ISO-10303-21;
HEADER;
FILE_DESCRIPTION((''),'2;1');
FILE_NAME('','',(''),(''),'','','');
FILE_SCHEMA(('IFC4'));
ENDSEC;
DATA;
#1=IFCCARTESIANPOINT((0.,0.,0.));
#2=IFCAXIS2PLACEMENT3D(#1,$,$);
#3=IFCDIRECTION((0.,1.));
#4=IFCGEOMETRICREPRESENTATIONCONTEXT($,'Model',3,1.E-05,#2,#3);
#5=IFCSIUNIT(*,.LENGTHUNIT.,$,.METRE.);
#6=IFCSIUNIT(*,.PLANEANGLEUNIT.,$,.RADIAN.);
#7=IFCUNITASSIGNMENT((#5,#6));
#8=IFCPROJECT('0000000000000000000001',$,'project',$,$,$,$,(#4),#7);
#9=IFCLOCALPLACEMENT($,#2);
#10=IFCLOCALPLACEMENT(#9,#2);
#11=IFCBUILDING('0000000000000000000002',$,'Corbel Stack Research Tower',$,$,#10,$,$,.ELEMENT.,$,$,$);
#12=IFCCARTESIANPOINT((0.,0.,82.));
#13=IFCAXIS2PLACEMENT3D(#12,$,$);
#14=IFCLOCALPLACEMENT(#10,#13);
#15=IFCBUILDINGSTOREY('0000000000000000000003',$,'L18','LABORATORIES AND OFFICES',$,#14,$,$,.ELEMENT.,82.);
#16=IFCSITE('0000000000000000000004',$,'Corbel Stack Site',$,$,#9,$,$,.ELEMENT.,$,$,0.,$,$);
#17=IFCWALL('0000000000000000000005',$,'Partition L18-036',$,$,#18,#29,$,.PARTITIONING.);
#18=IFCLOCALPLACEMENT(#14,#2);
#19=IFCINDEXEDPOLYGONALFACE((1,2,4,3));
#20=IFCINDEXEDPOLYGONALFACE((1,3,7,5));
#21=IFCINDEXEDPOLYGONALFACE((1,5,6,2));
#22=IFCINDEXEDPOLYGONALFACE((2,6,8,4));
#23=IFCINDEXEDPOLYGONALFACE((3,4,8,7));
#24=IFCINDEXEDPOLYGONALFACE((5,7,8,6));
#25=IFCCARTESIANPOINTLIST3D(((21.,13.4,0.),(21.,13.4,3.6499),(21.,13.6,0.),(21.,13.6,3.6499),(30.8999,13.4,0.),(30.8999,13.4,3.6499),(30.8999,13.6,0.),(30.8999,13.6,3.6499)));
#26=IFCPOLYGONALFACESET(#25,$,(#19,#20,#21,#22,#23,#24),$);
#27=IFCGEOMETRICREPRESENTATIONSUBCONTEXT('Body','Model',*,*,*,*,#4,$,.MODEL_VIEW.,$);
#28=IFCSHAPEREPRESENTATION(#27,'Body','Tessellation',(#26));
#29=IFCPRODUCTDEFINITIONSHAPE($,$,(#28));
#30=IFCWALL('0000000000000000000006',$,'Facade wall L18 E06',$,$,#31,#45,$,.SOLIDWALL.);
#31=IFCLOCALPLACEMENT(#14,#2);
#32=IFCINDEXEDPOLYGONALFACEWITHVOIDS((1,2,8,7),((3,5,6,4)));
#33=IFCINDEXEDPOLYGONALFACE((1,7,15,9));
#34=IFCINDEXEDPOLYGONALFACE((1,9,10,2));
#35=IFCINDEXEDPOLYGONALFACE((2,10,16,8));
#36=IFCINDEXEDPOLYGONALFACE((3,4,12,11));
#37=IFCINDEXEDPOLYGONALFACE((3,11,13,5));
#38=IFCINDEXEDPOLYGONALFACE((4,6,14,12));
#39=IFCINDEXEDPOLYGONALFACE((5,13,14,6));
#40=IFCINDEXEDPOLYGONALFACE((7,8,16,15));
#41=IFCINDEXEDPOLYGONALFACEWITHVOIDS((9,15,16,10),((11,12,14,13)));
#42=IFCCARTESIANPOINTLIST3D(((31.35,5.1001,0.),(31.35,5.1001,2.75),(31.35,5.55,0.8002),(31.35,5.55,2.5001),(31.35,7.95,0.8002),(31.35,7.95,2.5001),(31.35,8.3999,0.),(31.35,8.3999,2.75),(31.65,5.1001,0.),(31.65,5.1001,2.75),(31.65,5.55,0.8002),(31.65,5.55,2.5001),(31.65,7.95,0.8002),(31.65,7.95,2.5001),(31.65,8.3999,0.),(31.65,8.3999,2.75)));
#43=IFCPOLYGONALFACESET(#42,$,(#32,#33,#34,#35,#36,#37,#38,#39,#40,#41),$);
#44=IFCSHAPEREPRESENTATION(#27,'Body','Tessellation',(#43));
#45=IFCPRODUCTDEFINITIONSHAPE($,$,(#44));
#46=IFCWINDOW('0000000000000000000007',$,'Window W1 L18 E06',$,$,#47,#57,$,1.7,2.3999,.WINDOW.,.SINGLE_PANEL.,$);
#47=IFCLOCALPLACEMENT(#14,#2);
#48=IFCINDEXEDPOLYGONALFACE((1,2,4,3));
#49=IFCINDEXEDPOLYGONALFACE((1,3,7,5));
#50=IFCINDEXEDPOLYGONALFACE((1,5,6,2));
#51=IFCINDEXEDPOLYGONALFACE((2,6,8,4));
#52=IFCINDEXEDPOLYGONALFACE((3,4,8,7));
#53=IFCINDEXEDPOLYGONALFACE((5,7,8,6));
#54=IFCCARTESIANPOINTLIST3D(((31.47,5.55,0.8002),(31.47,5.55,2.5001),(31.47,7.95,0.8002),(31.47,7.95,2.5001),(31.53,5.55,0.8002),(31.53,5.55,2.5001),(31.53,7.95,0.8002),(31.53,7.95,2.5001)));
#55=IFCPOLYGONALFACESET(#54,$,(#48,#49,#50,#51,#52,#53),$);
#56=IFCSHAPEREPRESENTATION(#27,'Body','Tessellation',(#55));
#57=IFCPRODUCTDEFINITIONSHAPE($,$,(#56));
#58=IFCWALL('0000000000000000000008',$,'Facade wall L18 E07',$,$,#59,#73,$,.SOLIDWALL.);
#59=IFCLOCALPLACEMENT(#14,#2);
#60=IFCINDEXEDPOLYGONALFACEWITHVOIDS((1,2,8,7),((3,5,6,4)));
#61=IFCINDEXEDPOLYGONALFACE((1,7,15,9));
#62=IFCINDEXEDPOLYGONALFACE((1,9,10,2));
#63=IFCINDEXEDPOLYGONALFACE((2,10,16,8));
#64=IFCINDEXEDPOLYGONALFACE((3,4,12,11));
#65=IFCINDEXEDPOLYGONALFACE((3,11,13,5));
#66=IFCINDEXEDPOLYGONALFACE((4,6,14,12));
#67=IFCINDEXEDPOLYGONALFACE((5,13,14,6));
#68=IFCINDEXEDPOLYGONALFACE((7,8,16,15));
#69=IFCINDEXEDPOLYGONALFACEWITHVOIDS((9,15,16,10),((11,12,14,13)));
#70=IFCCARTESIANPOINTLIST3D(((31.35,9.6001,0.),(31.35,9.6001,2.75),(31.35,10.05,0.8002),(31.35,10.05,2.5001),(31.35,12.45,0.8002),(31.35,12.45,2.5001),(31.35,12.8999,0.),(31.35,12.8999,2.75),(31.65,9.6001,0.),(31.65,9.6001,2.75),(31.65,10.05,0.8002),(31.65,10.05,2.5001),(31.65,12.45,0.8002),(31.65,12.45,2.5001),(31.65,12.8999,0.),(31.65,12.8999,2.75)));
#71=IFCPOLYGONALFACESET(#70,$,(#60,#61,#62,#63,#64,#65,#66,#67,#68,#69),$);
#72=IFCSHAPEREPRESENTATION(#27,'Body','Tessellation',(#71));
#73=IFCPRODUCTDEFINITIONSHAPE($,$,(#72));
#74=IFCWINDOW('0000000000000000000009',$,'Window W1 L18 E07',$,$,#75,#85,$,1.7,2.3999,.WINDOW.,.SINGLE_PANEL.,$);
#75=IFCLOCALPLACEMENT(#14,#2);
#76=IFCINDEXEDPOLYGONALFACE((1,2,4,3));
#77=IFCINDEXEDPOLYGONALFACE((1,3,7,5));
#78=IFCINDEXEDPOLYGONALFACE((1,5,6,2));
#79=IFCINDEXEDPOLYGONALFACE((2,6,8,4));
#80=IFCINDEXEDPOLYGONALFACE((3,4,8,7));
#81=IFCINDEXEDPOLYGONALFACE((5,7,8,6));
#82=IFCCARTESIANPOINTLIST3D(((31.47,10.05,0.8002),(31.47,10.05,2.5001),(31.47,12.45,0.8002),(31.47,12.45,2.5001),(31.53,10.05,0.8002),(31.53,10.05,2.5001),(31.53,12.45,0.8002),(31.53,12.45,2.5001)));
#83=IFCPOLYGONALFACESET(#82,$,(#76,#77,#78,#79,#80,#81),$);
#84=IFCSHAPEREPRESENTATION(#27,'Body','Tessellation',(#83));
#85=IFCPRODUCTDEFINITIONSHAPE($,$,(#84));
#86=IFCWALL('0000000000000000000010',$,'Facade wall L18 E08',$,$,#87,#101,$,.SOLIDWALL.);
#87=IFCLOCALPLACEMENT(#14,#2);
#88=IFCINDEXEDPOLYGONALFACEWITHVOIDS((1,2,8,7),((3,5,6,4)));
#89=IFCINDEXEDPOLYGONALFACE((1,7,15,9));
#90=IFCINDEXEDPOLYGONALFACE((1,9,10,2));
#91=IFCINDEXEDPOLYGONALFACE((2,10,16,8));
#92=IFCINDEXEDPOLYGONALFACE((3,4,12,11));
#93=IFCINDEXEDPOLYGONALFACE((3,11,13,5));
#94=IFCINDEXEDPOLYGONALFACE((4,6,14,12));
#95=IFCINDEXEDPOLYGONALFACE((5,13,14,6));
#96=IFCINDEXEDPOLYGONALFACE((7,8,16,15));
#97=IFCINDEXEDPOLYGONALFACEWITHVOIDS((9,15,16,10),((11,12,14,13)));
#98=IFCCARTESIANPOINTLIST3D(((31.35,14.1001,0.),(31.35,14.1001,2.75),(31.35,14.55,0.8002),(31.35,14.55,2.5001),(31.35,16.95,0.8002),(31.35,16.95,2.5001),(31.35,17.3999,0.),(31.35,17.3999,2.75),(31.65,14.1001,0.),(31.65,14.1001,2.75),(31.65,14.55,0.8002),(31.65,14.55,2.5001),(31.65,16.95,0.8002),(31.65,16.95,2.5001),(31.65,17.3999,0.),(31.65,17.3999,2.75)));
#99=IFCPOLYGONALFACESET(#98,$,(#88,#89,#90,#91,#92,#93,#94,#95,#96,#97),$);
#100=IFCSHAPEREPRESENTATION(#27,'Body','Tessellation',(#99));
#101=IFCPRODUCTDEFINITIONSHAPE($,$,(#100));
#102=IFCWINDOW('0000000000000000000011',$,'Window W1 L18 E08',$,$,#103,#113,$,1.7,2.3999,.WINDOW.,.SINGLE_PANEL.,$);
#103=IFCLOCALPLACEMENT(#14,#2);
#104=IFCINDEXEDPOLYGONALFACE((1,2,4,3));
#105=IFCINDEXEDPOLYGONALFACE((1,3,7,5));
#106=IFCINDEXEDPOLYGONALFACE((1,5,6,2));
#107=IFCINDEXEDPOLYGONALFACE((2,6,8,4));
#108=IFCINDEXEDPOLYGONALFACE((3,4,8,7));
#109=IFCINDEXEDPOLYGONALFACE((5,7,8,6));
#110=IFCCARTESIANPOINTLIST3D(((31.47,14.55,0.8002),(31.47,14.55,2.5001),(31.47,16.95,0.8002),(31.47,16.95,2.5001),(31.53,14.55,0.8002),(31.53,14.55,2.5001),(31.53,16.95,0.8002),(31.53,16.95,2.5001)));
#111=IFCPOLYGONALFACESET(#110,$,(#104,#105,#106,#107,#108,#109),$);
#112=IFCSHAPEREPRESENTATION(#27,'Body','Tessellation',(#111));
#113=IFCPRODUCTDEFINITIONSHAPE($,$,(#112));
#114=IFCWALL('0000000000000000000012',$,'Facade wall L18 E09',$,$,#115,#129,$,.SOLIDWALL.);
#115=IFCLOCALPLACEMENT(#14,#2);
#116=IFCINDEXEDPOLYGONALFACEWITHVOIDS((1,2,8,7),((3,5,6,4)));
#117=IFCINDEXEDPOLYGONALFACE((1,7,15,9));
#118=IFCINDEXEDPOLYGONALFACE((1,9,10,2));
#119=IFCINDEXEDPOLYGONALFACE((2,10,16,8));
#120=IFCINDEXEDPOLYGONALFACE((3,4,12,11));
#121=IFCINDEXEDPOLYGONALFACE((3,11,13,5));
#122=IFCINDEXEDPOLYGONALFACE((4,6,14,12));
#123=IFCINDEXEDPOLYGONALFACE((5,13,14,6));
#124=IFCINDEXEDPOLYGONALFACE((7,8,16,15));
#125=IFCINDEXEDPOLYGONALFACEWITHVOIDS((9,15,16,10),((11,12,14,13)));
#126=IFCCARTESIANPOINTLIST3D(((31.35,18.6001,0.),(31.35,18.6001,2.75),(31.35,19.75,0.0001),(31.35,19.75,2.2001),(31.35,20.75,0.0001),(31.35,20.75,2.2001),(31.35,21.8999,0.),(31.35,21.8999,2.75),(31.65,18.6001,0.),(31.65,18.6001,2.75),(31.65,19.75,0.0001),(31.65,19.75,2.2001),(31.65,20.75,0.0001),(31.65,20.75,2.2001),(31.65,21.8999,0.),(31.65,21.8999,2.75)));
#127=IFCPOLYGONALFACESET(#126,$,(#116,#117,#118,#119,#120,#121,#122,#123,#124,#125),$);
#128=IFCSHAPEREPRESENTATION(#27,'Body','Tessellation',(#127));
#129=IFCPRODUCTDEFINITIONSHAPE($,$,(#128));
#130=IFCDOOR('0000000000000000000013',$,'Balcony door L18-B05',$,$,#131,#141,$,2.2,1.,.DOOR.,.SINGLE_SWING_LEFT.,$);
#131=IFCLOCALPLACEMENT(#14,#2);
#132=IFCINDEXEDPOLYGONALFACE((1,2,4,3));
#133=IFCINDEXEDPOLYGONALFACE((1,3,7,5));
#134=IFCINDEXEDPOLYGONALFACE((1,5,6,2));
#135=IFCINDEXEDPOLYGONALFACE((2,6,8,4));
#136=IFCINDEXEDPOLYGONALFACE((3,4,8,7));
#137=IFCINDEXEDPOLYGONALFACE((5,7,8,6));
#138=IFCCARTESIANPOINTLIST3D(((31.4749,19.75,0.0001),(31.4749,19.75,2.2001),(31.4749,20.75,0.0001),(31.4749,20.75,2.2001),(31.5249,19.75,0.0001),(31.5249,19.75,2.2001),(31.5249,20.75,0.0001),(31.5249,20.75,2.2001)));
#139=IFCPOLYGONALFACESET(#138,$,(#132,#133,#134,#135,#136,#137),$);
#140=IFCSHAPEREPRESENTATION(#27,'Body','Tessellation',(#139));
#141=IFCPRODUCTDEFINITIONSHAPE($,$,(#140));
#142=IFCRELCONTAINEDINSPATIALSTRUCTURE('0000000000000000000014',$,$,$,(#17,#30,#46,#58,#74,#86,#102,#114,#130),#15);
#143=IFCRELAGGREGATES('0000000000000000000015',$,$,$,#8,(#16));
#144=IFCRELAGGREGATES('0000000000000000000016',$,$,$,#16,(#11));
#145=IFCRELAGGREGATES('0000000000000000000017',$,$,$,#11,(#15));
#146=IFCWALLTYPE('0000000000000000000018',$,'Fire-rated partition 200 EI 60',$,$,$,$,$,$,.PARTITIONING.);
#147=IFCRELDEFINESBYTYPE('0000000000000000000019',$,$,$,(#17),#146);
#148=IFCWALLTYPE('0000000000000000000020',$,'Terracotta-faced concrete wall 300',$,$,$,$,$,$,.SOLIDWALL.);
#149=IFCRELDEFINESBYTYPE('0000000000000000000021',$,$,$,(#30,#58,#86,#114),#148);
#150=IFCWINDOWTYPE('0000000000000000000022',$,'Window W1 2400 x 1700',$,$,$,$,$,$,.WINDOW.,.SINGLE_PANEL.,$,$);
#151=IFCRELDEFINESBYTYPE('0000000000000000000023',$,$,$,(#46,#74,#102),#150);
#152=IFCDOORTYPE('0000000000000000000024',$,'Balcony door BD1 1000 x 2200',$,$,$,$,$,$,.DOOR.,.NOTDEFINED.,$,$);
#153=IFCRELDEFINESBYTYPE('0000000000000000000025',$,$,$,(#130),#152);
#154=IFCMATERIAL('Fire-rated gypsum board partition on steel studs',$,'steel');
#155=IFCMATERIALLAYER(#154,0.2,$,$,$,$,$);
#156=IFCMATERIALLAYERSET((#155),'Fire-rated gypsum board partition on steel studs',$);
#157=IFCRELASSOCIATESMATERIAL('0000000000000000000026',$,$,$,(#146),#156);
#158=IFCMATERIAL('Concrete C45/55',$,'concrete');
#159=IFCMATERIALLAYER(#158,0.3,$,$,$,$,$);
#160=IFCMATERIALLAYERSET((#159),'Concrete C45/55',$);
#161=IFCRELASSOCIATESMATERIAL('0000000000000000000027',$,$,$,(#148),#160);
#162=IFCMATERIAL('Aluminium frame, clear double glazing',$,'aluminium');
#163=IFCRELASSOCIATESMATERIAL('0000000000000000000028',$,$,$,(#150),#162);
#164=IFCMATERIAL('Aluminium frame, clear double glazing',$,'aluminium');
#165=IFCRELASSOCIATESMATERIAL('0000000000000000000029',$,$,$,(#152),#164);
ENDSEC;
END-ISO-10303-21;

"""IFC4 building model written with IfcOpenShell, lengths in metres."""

from ifc_helpers import new_model, si_unit, direction, frame, frame_2d, origin, place, context, subcontext, project, spatial, rectangle, extrude, material, layer, layer_set, type_object, element, fill, save


model = new_model("IFC4")

# Units and contexts
model_context = context("Model", 3, precision=1e-05, world=origin(), true_north=direction((0.0, 1.0)))
body_context = subcontext(model_context, "Body", "Model", "MODEL_VIEW")
ifc_project = project(units=[si_unit("LENGTHUNIT", "METRE"), si_unit("PLANEANGLEUNIT", "RADIAN")], contexts=[model_context])

# Site, building, storey
site_placement = place(None, origin())
site = spatial("IfcSite", under=ifc_project, at=site_placement, Name="Corbel Stack Site", CompositionType="ELEMENT", RefElevation=0.0)
building_placement = place(site_placement, origin())
building = spatial("IfcBuilding", under=site, at=building_placement, Name="Corbel Stack Research Tower", CompositionType="ELEMENT")
storey_placement = place(building_placement, frame((0.0, 0.0, 82.0)))
storey = spatial("IfcBuildingStorey", under=building, at=storey_placement, Name="L18", Description="LABORATORIES AND OFFICES", CompositionType="ELEMENT", Elevation=82.0)

# Wall
ifc_material_1 = material(Name="Fire-rated gypsum board partition on steel studs", Category="steel")
ifc_layer_1 = layer(ifc_material_1, 0.2)
ifc_layer_set_1 = layer_set([ifc_layer_1], Name="Fire-rated gypsum board partition on steel studs")
wall_type_1 = type_object("IfcWallType", Name="Fire-rated partition 200 EI 60", PredefinedType="PARTITIONING", material=ifc_layer_set_1)
wall_1_placement = place(storey_placement, frame((21.0, 13.5, 0.0), z_axis=(0.0, 0.0, 1.0), x_axis=(1.0, 0.0, 0.0)))
element("IfcWall", 1, at=wall_1_placement, inside=storey, type_object=wall_type_1, Name="Partition L18-036", PredefinedType="PARTITIONING", context=body_context, shape_type="SweptSolid", body=[
    extrude(rectangle(XDim=9.8999, YDim=0.2, at=frame_2d((4.95, 0.0))), origin(), (0.0, 0.0, 1.0), 3.6499),
])

# Walls, openings, windows
ifc_material_2 = material(Name="Concrete C45/55", Category="concrete")
ifc_layer_2 = layer(ifc_material_2, 0.3)
ifc_layer_set_2 = layer_set([ifc_layer_2], Name="Concrete C45/55")
wall_type_2 = type_object("IfcWallType", Name="Terracotta-faced concrete wall 300", PredefinedType="SOLIDWALL", material=ifc_layer_set_2)
wall_2_placement = place(storey_placement, frame((31.5, 8.3999, 0.0), z_axis=(0.0, 0.0, 1.0), x_axis=(0.0, -1.0, 0.0)))
wall_2 = element("IfcWall", 2, at=wall_2_placement, inside=storey, type_object=wall_type_2, Name="Facade wall L18 E06", PredefinedType="SOLIDWALL", context=body_context, shape_type="SweptSolid", body=[
    extrude(rectangle(XDim=3.2998, YDim=0.3, at=frame_2d((1.6499, 0.0))), origin(), (0.0, 0.0, 1.0), 2.75),
])
opening_1_placement = place(wall_2_placement, frame((0.45, 0.0, 0.8)))
opening_1 = element("IfcOpeningElement", 3, at=opening_1_placement, cuts=wall_2, PredefinedType="OPENING", context=body_context, shape_type="SweptSolid", body=[
    extrude(rectangle(XDim=2.3999, YDim=1.7, at=frame_2d((1.2, 0.8501))), frame((0.0, 0.1599, 0.0), z_axis=(0.0, -1.0, 0.0), x_axis=(1.0, 0.0, 0.0)), (0.0, 0.0, 1.0), 0.3201),
])
ifc_material_3 = material(Name="Aluminium frame, clear double glazing", Category="aluminium")
window_type = type_object("IfcWindowType", Name="Window W1 2400 x 1700", PartitioningType="SINGLE_PANEL", PredefinedType="WINDOW", material=ifc_material_3)
window_1_placement = place(opening_1_placement, origin())
window_1 = element("IfcWindow", 4, at=window_1_placement, inside=storey, type_object=window_type, Name="Window W1 L18 E06", OverallHeight=1.7, OverallWidth=2.3999, PartitioningType="SINGLE_PANEL", PredefinedType="WINDOW", context=body_context, shape_type="SweptSolid", body=[
    extrude(rectangle(XDim=2.3999, YDim=1.7, at=frame_2d((1.2, 0.8501))), frame((0.0, 0.03, 0.0), z_axis=(0.0, -1.0, 0.0), x_axis=(1.0, 0.0, 0.0)), (0.0, 0.0, 1.0), 0.0601),
])
fill(opening_1, window_1)
wall_3_placement = place(storey_placement, frame((31.5, 12.8999, 0.0), z_axis=(0.0, 0.0, 1.0), x_axis=(0.0, -1.0, 0.0)))
wall_3 = element("IfcWall", 5, at=wall_3_placement, inside=storey, type_object=wall_type_2, Name="Facade wall L18 E07", PredefinedType="SOLIDWALL", context=body_context, shape_type="SweptSolid", body=[
    extrude(rectangle(XDim=3.2998, YDim=0.3, at=frame_2d((1.6499, 0.0))), origin(), (0.0, 0.0, 1.0), 2.75),
])
opening_2_placement = place(wall_3_placement, frame((0.45, 0.0, 0.8)))
opening_2 = element("IfcOpeningElement", 6, at=opening_2_placement, cuts=wall_3, PredefinedType="OPENING", context=body_context, shape_type="SweptSolid", body=[
    extrude(rectangle(XDim=2.3999, YDim=1.7, at=frame_2d((1.2, 0.8501))), frame((0.0, 0.1599, 0.0), z_axis=(0.0, -1.0, 0.0), x_axis=(1.0, 0.0, 0.0)), (0.0, 0.0, 1.0), 0.3201),
])
window_2_placement = place(opening_2_placement, origin())
window_2 = element("IfcWindow", 7, at=window_2_placement, inside=storey, type_object=window_type, Name="Window W1 L18 E07", OverallHeight=1.7, OverallWidth=2.3999, PartitioningType="SINGLE_PANEL", PredefinedType="WINDOW", context=body_context, shape_type="SweptSolid", body=[
    extrude(rectangle(XDim=2.3999, YDim=1.7, at=frame_2d((1.2, 0.8501))), frame((0.0, 0.03, 0.0), z_axis=(0.0, -1.0, 0.0), x_axis=(1.0, 0.0, 0.0)), (0.0, 0.0, 1.0), 0.0601),
])
fill(opening_2, window_2)
wall_4_placement = place(storey_placement, frame((31.5, 17.3999, 0.0), z_axis=(0.0, 0.0, 1.0), x_axis=(0.0, -1.0, 0.0)))
wall_4 = element("IfcWall", 8, at=wall_4_placement, inside=storey, type_object=wall_type_2, Name="Facade wall L18 E08", PredefinedType="SOLIDWALL", context=body_context, shape_type="SweptSolid", body=[
    extrude(rectangle(XDim=3.2998, YDim=0.3, at=frame_2d((1.6499, 0.0))), origin(), (0.0, 0.0, 1.0), 2.75),
])
opening_3_placement = place(wall_4_placement, frame((0.45, 0.0, 0.8)))
opening_3 = element("IfcOpeningElement", 9, at=opening_3_placement, cuts=wall_4, PredefinedType="OPENING", context=body_context, shape_type="SweptSolid", body=[
    extrude(rectangle(XDim=2.3999, YDim=1.7, at=frame_2d((1.2, 0.8501))), frame((0.0, 0.1599, 0.0), z_axis=(0.0, -1.0, 0.0), x_axis=(1.0, 0.0, 0.0)), (0.0, 0.0, 1.0), 0.3201),
])
window_3_placement = place(opening_3_placement, origin())
window_3 = element("IfcWindow", 10, at=window_3_placement, inside=storey, type_object=window_type, Name="Window W1 L18 E08", OverallHeight=1.7, OverallWidth=2.3999, PartitioningType="SINGLE_PANEL", PredefinedType="WINDOW", context=body_context, shape_type="SweptSolid", body=[
    extrude(rectangle(XDim=2.3999, YDim=1.7, at=frame_2d((1.2, 0.8501))), frame((0.0, 0.03, 0.0), z_axis=(0.0, -1.0, 0.0), x_axis=(1.0, 0.0, 0.0)), (0.0, 0.0, 1.0), 0.0601),
])
fill(opening_3, window_3)

# Wall, opening, door
wall_5_placement = place(storey_placement, frame((31.5, 21.8999, 0.0), z_axis=(0.0, 0.0, 1.0), x_axis=(0.0, -1.0, 0.0)))
wall_5 = element("IfcWall", 11, at=wall_5_placement, inside=storey, type_object=wall_type_2, Name="Facade wall L18 E09", PredefinedType="SOLIDWALL", context=body_context, shape_type="SweptSolid", body=[
    extrude(rectangle(XDim=3.2998, YDim=0.3, at=frame_2d((1.6499, 0.0))), origin(), (0.0, 0.0, 1.0), 2.75),
])
opening_4_placement = place(wall_5_placement, frame((1.1499, 0.0, 0.0)))
opening_4 = element("IfcOpeningElement", 12, at=opening_4_placement, cuts=wall_5, PredefinedType="OPENING", context=body_context, shape_type="SweptSolid", body=[
    extrude(rectangle(XDim=1.0, YDim=2.2, at=frame_2d((0.5, 1.1001))), frame((0.0, 0.1599, 0.0), z_axis=(0.0, -1.0, 0.0), x_axis=(1.0, 0.0, 0.0)), (0.0, 0.0, 1.0), 0.3201),
])
ifc_material_4 = material(Name="Aluminium frame, clear double glazing", Category="aluminium")
door_type = type_object("IfcDoorType", Name="Balcony door BD1 1000 x 2200", OperationType="NOTDEFINED", PredefinedType="DOOR", material=ifc_material_4)
door_placement = place(opening_4_placement, origin())
door = element("IfcDoor", 13, at=door_placement, inside=storey, type_object=door_type, Name="Balcony door L18-B05", OperationType="SINGLE_SWING_LEFT", OverallHeight=2.2, OverallWidth=1.0, PredefinedType="DOOR", context=body_context, shape_type="SweptSolid", body=[
    extrude(rectangle(XDim=1.0, YDim=2.2, at=frame_2d((0.5, 1.1001))), frame((0.0, 0.0249, 0.0), z_axis=(0.0, -1.0, 0.0), x_axis=(1.0, 0.0, 0.0)), (0.0, 0.0, 1.0), 0.05),
])
fill(opening_4, door)

save(model, "model.ifc")
